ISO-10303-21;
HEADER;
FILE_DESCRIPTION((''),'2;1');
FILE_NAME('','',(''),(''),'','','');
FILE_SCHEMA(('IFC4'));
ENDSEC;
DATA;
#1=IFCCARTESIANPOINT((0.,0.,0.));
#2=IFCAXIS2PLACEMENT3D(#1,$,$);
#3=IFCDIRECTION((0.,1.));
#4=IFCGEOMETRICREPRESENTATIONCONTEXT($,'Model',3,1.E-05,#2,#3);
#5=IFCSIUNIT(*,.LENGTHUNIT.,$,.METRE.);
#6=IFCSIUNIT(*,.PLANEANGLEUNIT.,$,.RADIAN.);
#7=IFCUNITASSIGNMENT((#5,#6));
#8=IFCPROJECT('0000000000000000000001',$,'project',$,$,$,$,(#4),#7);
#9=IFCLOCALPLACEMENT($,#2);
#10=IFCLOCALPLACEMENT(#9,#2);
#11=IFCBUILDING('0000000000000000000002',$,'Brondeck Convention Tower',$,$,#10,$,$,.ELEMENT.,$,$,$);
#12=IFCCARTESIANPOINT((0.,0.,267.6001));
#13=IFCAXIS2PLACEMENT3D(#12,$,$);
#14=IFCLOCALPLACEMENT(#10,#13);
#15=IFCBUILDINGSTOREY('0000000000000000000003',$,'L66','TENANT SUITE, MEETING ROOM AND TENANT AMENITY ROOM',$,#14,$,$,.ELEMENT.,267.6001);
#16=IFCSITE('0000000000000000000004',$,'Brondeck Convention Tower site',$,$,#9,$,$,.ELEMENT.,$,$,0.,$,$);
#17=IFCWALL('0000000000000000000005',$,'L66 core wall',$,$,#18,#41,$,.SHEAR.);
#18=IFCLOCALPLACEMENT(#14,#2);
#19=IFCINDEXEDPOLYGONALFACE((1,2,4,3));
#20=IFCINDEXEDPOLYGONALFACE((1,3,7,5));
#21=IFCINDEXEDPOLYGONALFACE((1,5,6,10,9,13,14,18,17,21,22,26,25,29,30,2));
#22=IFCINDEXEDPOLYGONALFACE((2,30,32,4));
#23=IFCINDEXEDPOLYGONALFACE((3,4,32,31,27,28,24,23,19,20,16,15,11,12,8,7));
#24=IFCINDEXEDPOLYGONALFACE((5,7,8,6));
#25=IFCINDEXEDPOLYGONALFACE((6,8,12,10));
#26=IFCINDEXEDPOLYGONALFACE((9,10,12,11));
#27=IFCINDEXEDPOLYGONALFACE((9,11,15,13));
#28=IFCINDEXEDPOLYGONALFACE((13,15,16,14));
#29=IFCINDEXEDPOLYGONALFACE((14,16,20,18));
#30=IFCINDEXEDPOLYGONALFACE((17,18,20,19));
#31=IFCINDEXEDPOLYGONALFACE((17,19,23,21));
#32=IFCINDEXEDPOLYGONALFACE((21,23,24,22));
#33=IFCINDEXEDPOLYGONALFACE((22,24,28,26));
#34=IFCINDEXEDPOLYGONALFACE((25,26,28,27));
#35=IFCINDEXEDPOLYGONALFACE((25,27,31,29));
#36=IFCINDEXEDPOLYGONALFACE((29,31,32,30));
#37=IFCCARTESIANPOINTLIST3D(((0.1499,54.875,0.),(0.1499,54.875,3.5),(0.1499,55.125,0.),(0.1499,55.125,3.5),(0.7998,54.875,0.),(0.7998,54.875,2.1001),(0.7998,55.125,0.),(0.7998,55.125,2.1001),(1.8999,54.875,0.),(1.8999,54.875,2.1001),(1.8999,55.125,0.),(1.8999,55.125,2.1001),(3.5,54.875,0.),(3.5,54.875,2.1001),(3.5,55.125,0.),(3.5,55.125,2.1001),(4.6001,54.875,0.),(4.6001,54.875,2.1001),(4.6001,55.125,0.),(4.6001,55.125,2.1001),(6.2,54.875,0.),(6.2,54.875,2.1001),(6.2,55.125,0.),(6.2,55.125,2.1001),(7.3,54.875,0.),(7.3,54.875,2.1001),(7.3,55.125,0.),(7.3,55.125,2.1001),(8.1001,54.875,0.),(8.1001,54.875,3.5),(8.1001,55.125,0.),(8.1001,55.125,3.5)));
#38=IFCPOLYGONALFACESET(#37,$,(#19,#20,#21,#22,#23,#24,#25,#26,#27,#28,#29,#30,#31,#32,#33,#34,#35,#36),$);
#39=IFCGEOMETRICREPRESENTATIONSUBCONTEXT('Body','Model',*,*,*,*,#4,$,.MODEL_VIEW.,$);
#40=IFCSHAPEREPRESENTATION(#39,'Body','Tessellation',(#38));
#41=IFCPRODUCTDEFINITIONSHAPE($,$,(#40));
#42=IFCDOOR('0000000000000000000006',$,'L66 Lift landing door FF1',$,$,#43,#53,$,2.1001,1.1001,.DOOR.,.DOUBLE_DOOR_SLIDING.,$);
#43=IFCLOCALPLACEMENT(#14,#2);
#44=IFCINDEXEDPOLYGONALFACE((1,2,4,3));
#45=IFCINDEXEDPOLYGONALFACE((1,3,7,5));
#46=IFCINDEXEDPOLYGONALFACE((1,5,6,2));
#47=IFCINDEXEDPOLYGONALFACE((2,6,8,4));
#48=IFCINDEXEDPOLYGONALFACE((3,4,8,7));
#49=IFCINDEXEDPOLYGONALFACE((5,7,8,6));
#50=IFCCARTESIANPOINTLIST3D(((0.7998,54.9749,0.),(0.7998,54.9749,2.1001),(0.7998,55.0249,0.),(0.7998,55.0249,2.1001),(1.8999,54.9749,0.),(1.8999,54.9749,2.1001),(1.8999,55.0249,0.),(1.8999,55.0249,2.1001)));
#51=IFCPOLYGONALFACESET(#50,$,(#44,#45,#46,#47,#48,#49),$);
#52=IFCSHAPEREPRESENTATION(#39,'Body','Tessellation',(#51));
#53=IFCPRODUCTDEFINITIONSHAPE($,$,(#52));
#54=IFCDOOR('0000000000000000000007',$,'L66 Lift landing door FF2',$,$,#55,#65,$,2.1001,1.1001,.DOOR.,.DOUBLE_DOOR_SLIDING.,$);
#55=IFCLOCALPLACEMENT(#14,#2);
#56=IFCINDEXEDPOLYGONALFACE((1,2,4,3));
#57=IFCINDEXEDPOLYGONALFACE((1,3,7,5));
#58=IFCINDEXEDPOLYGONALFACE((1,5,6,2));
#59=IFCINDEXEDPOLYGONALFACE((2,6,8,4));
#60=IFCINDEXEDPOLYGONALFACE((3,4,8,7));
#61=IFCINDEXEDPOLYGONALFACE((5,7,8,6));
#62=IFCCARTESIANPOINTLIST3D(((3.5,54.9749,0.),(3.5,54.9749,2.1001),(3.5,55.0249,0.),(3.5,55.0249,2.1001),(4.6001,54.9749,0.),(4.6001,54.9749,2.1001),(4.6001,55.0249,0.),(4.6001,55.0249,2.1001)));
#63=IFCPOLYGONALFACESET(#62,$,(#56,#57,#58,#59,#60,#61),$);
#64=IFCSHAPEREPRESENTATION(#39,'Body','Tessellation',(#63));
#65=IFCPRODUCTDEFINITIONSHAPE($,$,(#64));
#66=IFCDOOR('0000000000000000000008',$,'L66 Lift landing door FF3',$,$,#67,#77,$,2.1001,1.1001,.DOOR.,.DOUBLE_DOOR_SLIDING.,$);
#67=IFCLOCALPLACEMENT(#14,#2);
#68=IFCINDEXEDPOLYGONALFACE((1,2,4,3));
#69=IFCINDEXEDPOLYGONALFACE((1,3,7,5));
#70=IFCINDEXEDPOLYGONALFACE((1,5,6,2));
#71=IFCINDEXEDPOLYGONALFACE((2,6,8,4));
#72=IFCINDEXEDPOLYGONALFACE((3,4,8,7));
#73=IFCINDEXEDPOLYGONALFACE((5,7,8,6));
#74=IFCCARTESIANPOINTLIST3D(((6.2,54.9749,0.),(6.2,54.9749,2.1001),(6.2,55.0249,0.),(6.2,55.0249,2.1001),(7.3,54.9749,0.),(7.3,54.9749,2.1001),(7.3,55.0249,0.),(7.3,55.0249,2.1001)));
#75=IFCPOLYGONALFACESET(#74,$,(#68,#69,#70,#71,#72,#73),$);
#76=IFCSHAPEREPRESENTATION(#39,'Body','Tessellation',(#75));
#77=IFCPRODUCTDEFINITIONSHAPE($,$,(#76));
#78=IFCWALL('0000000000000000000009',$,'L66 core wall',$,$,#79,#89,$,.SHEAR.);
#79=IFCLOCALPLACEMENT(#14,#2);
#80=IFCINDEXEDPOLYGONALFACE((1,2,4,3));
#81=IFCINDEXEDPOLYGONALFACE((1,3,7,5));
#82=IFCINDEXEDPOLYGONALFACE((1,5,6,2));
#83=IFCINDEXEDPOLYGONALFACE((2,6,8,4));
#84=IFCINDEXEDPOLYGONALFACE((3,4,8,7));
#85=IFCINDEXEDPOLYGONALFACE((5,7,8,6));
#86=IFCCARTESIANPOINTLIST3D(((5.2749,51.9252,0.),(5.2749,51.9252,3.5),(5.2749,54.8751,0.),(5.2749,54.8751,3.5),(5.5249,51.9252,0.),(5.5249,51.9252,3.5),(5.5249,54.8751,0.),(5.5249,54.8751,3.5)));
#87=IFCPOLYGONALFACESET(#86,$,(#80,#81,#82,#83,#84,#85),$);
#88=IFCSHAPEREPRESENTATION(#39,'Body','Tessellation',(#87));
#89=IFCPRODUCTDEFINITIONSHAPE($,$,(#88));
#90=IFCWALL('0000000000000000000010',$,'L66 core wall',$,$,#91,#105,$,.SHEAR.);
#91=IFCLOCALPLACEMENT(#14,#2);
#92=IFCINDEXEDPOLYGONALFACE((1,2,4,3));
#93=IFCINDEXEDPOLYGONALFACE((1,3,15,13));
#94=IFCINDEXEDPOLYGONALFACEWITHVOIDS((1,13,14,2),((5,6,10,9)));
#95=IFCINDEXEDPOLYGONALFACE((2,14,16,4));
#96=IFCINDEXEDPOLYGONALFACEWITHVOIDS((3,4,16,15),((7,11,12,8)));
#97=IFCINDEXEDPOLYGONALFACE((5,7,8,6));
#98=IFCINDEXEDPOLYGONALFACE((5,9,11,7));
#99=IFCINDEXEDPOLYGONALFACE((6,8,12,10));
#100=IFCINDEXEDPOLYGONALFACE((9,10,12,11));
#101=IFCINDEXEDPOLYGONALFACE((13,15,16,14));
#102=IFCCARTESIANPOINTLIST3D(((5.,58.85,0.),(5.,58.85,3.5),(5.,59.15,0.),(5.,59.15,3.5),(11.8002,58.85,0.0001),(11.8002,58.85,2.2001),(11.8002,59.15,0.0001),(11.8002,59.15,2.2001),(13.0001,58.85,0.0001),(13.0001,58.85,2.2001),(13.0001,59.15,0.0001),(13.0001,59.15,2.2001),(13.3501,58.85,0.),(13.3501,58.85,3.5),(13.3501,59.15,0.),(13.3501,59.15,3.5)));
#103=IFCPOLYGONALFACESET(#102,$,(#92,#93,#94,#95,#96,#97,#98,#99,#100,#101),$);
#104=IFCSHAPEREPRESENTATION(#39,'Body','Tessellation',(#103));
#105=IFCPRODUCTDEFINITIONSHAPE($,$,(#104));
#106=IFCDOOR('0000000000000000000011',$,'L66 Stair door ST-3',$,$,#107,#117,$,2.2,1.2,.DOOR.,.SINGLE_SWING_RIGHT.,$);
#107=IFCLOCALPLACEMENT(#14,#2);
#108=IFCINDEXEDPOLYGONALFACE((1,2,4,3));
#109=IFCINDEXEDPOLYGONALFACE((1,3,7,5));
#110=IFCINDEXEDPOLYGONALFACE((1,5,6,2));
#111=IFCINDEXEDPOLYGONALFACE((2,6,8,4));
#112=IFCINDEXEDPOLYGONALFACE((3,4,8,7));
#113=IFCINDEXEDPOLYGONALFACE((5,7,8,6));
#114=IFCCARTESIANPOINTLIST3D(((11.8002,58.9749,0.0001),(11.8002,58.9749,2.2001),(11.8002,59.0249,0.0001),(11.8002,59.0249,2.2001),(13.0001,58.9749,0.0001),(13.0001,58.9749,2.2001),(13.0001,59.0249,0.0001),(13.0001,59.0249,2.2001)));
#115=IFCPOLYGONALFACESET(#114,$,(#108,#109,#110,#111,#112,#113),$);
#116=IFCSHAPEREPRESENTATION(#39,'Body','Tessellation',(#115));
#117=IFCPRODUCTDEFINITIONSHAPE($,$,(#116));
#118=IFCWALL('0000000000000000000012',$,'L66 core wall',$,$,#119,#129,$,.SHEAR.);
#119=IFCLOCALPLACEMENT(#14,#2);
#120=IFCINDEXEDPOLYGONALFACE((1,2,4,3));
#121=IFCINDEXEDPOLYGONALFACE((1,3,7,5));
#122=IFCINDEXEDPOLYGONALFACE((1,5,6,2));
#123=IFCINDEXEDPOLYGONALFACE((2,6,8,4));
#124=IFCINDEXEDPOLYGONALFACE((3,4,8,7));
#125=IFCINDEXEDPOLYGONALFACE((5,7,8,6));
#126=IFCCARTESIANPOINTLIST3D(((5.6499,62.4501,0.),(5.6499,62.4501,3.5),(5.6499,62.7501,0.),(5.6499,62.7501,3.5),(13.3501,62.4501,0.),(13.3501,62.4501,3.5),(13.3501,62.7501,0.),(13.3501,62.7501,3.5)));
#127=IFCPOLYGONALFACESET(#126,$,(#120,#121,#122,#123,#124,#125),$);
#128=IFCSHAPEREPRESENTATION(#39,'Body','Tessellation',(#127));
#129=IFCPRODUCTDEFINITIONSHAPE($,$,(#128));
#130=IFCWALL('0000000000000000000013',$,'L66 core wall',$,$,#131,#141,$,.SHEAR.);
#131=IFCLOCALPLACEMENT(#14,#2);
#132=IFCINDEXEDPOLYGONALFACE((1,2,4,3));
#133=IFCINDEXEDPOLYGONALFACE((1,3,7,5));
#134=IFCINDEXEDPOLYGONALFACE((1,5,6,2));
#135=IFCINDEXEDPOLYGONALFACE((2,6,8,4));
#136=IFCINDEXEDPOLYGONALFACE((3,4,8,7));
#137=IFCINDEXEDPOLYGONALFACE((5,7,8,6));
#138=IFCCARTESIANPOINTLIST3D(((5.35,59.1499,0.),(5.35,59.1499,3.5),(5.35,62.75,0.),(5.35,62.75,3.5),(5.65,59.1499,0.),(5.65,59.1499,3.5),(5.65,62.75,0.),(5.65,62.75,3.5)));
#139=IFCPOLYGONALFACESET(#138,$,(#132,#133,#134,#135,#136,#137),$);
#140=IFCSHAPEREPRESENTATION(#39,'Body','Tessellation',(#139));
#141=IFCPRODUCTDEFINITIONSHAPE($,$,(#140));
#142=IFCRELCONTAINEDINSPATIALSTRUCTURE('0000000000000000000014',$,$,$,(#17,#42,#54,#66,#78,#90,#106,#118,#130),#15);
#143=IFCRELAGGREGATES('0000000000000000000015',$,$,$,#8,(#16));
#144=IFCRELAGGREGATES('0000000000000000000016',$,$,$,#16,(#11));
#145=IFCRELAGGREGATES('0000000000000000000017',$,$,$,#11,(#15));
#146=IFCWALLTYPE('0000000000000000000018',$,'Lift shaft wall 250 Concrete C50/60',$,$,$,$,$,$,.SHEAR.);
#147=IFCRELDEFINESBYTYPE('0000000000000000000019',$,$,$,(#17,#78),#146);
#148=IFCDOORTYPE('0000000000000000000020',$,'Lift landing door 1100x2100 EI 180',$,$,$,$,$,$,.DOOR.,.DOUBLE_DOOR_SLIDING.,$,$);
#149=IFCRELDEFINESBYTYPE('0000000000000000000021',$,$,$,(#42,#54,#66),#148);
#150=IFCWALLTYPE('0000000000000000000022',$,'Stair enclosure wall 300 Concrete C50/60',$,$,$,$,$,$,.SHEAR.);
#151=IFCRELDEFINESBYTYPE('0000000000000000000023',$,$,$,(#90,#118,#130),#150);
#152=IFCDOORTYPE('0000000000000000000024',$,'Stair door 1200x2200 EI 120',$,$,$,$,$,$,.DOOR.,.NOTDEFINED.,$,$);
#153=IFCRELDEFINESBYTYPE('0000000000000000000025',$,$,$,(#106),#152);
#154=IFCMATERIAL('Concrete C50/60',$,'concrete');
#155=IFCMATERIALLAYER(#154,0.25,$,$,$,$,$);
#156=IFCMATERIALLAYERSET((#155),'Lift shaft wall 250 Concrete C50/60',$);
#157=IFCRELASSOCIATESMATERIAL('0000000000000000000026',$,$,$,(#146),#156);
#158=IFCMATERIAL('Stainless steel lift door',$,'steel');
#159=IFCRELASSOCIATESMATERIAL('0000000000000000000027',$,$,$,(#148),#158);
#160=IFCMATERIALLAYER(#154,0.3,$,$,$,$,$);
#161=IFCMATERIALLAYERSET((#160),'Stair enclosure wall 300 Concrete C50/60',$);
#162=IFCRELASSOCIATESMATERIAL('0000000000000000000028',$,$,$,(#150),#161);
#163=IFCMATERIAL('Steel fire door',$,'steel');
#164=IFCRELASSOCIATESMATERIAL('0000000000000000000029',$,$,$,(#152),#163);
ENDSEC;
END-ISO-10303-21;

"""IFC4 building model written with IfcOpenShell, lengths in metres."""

from ifc_helpers import new_model, si_unit, direction, frame, frame_2d, origin, place, context, subcontext, project, spatial, rectangle, extrude, material, layer, layer_set, type_object, element, fill, save


model = new_model("IFC4")

# Units and contexts
model_context = context("Model", 3, precision=1e-05, world=origin(), true_north=direction((0.0, 1.0)))
body_context = subcontext(model_context, "Body", "Model", "MODEL_VIEW")
ifc_project = project(units=[si_unit("LENGTHUNIT", "METRE"), si_unit("PLANEANGLEUNIT", "RADIAN")], contexts=[model_context])

# Site, building, storey
site_placement = place(None, origin())
site = spatial("IfcSite", under=ifc_project, at=site_placement, Name="Brondeck Convention Tower site", CompositionType="ELEMENT", RefElevation=0.0)
building_placement = place(site_placement, origin())
building = spatial("IfcBuilding", under=site, at=building_placement, Name="Brondeck Convention Tower", CompositionType="ELEMENT")
storey_placement = place(building_placement, frame((0.0, 0.0, 267.6001)))
storey = spatial("IfcBuildingStorey", under=building, at=storey_placement, Name="L66", Description="TENANT SUITE, MEETING ROOM AND TENANT AMENITY ROOM", CompositionType="ELEMENT", Elevation=267.6001)

# Shared definitions
ifc_material_1 = material(Name="Concrete C50/60", Category="concrete")

# Wall, openings, doors
ifc_layer_1 = layer(ifc_material_1, 0.25)
ifc_layer_set_1 = layer_set([ifc_layer_1], Name="Lift shaft wall 250 Concrete C50/60")
wall_type_1 = type_object("IfcWallType", Name="Lift shaft wall 250 Concrete C50/60", PredefinedType="SHEAR", material=ifc_layer_set_1)
wall_1_placement = place(storey_placement, frame((0.1499, 55.0, 0.0), z_axis=(0.0, 0.0, 1.0), x_axis=(1.0, 0.0, 0.0)))
wall_1 = element("IfcWall", 1, at=wall_1_placement, inside=storey, type_object=wall_type_1, Name="L66 core wall", PredefinedType="SHEAR", context=body_context, shape_type="SweptSolid", body=[
    extrude(rectangle(XDim=7.9502, YDim=0.25, at=frame_2d((3.9751, 0.0))), origin(), (0.0, 0.0, 1.0), 3.5),
])
opening_1_placement = place(wall_1_placement, frame((0.6499, 0.0, 0.0)))
opening_1 = element("IfcOpeningElement", 2, at=opening_1_placement, cuts=wall_1, PredefinedType="OPENING", context=body_context, shape_type="SweptSolid", body=[
    extrude(rectangle(XDim=1.1001, YDim=2.1001, at=frame_2d((0.55, 1.05))), frame((0.0, 0.135, 0.0), z_axis=(0.0, -1.0, 0.0), x_axis=(1.0, 0.0, 0.0)), (0.0, 0.0, 1.0), 0.27),
])
opening_2_placement = place(wall_1_placement, frame((3.3501, 0.0, 0.0)))
opening_2 = element("IfcOpeningElement", 3, at=opening_2_placement, cuts=wall_1, PredefinedType="OPENING", context=body_context, shape_type="SweptSolid", body=[
    extrude(rectangle(XDim=1.1001, YDim=2.1001, at=frame_2d((0.55, 1.05))), frame((0.0, 0.135, 0.0), z_axis=(0.0, -1.0, 0.0), x_axis=(1.0, 0.0, 0.0)), (0.0, 0.0, 1.0), 0.27),
])
opening_3_placement = place(wall_1_placement, frame((6.05, 0.0, 0.0)))
opening_3 = element("IfcOpeningElement", 4, at=opening_3_placement, cuts=wall_1, PredefinedType="OPENING", context=body_context, shape_type="SweptSolid", body=[
    extrude(rectangle(XDim=1.1001, YDim=2.1001, at=frame_2d((0.55, 1.05))), frame((0.0, 0.135, 0.0), z_axis=(0.0, -1.0, 0.0), x_axis=(1.0, 0.0, 0.0)), (0.0, 0.0, 1.0), 0.27),
])
ifc_material_2 = material(Name="Stainless steel lift door", Category="steel")
door_type_1 = type_object("IfcDoorType", Name="Lift landing door 1100x2100 EI 180", OperationType="DOUBLE_DOOR_SLIDING", PredefinedType="DOOR", material=ifc_material_2)
door_1_placement = place(opening_1_placement, origin())
door_1 = element("IfcDoor", 5, at=door_1_placement, inside=storey, type_object=door_type_1, Name="L66 Lift landing door FF1", OperationType="DOUBLE_DOOR_SLIDING", OverallHeight=2.1001, OverallWidth=1.1001, PredefinedType="DOOR", context=body_context, shape_type="SweptSolid", body=[
    extrude(rectangle(XDim=1.1001, YDim=2.1001, at=frame_2d((0.55, 1.05))), frame((0.0, 0.0249, 0.0), z_axis=(0.0, -1.0, 0.0), x_axis=(1.0, 0.0, 0.0)), (0.0, 0.0, 1.0), 0.05),
])
fill(opening_1, door_1)
door_2_placement = place(opening_2_placement, origin())
door_2 = element("IfcDoor", 6, at=door_2_placement, inside=storey, type_object=door_type_1, Name="L66 Lift landing door FF2", OperationType="DOUBLE_DOOR_SLIDING", OverallHeight=2.1001, OverallWidth=1.1001, PredefinedType="DOOR", context=body_context, shape_type="SweptSolid", body=[
    extrude(rectangle(XDim=1.1001, YDim=2.1001, at=frame_2d((0.55, 1.05))), frame((0.0, 0.0249, 0.0), z_axis=(0.0, -1.0, 0.0), x_axis=(1.0, 0.0, 0.0)), (0.0, 0.0, 1.0), 0.05),
])
fill(opening_2, door_2)
door_3_placement = place(opening_3_placement, origin())
door_3 = element("IfcDoor", 7, at=door_3_placement, inside=storey, type_object=door_type_1, Name="L66 Lift landing door FF3", OperationType="DOUBLE_DOOR_SLIDING", OverallHeight=2.1001, OverallWidth=1.1001, PredefinedType="DOOR", context=body_context, shape_type="SweptSolid", body=[
    extrude(rectangle(XDim=1.1001, YDim=2.1001, at=frame_2d((0.55, 1.05))), frame((0.0, 0.0249, 0.0), z_axis=(0.0, -1.0, 0.0), x_axis=(1.0, 0.0, 0.0)), (0.0, 0.0, 1.0), 0.05),
])
fill(opening_3, door_3)

# Wall
wall_2_placement = place(storey_placement, frame((5.3999, 51.925, 0.0), z_axis=(0.0, 0.0, 1.0), x_axis=(0.0, 1.0, 0.0)))
element("IfcWall", 8, at=wall_2_placement, inside=storey, type_object=wall_type_1, Name="L66 core wall", PredefinedType="SHEAR", context=body_context, shape_type="SweptSolid", body=[
    extrude(rectangle(XDim=2.95, YDim=0.25, at=frame_2d((1.4751, 0.0))), origin(), (0.0, 0.0, 1.0), 3.5),
])

# Wall, opening, door
ifc_layer_2 = layer(ifc_material_1, 0.3)
ifc_layer_set_2 = layer_set([ifc_layer_2], Name="Stair enclosure wall 300 Concrete C50/60")
wall_type_2 = type_object("IfcWallType", Name="Stair enclosure wall 300 Concrete C50/60", PredefinedType="SHEAR", material=ifc_layer_set_2)
wall_3_placement = place(storey_placement, frame((5.0, 59.0, 0.0), z_axis=(0.0, 0.0, 1.0), x_axis=(1.0, 0.0, 0.0)))
wall_3 = element("IfcWall", 9, at=wall_3_placement, inside=storey, type_object=wall_type_2, Name="L66 core wall", PredefinedType="SHEAR", context=body_context, shape_type="SweptSolid", body=[
    extrude(rectangle(XDim=8.3501, YDim=0.3, at=frame_2d((4.175, 0.0))), origin(), (0.0, 0.0, 1.0), 3.5),
])
opening_4_placement = place(wall_3_placement, frame((6.8, 0.0, 0.0)))
opening_4 = element("IfcOpeningElement", 10, at=opening_4_placement, cuts=wall_3, PredefinedType="OPENING", context=body_context, shape_type="SweptSolid", body=[
    extrude(rectangle(XDim=1.2, YDim=2.2, at=frame_2d((0.6001, 1.1001))), frame((0.0, 0.1599, 0.0), z_axis=(0.0, -1.0, 0.0), x_axis=(1.0, 0.0, 0.0)), (0.0, 0.0, 1.0), 0.3201),
])
ifc_material_3 = material(Name="Steel fire door", Category="steel")
door_type_2 = type_object("IfcDoorType", Name="Stair door 1200x2200 EI 120", OperationType="NOTDEFINED", PredefinedType="DOOR", material=ifc_material_3)
door_4_placement = place(opening_4_placement, origin())
door_4 = element("IfcDoor", 11, at=door_4_placement, inside=storey, type_object=door_type_2, Name="L66 Stair door ST-3", OperationType="SINGLE_SWING_RIGHT", OverallHeight=2.2, OverallWidth=1.2, PredefinedType="DOOR", context=body_context, shape_type="SweptSolid", body=[
    extrude(rectangle(XDim=1.2, YDim=2.2, at=frame_2d((0.6001, 1.1001))), frame((0.0, 0.0249, 0.0), z_axis=(0.0, -1.0, 0.0), x_axis=(1.0, 0.0, 0.0)), (0.0, 0.0, 1.0), 0.05),
])
fill(opening_4, door_4)

# Walls
wall_4_placement = place(storey_placement, frame((5.6499, 62.6001, 0.0), z_axis=(0.0, 0.0, 1.0), x_axis=(1.0, 0.0, 0.0)))
element("IfcWall", 12, at=wall_4_placement, inside=storey, type_object=wall_type_2, Name="L66 core wall", PredefinedType="SHEAR", context=body_context, shape_type="SweptSolid", body=[
    extrude(rectangle(XDim=7.7002, YDim=0.3, at=frame_2d((3.8501, 0.0))), origin(), (0.0, 0.0, 1.0), 3.5),
])
wall_5_placement = place(storey_placement, frame((5.5, 59.1499, 0.0), z_axis=(0.0, 0.0, 1.0), x_axis=(0.0, 1.0, 0.0)))
element("IfcWall", 13, at=wall_5_placement, inside=storey, type_object=wall_type_2, Name="L66 core wall", PredefinedType="SHEAR", context=body_context, shape_type="SweptSolid", body=[
    extrude(rectangle(XDim=3.6001, YDim=0.3, at=frame_2d((1.8, 0.0))), origin(), (0.0, 0.0, 1.0), 3.5),
])

save(model, "model.ifc")
